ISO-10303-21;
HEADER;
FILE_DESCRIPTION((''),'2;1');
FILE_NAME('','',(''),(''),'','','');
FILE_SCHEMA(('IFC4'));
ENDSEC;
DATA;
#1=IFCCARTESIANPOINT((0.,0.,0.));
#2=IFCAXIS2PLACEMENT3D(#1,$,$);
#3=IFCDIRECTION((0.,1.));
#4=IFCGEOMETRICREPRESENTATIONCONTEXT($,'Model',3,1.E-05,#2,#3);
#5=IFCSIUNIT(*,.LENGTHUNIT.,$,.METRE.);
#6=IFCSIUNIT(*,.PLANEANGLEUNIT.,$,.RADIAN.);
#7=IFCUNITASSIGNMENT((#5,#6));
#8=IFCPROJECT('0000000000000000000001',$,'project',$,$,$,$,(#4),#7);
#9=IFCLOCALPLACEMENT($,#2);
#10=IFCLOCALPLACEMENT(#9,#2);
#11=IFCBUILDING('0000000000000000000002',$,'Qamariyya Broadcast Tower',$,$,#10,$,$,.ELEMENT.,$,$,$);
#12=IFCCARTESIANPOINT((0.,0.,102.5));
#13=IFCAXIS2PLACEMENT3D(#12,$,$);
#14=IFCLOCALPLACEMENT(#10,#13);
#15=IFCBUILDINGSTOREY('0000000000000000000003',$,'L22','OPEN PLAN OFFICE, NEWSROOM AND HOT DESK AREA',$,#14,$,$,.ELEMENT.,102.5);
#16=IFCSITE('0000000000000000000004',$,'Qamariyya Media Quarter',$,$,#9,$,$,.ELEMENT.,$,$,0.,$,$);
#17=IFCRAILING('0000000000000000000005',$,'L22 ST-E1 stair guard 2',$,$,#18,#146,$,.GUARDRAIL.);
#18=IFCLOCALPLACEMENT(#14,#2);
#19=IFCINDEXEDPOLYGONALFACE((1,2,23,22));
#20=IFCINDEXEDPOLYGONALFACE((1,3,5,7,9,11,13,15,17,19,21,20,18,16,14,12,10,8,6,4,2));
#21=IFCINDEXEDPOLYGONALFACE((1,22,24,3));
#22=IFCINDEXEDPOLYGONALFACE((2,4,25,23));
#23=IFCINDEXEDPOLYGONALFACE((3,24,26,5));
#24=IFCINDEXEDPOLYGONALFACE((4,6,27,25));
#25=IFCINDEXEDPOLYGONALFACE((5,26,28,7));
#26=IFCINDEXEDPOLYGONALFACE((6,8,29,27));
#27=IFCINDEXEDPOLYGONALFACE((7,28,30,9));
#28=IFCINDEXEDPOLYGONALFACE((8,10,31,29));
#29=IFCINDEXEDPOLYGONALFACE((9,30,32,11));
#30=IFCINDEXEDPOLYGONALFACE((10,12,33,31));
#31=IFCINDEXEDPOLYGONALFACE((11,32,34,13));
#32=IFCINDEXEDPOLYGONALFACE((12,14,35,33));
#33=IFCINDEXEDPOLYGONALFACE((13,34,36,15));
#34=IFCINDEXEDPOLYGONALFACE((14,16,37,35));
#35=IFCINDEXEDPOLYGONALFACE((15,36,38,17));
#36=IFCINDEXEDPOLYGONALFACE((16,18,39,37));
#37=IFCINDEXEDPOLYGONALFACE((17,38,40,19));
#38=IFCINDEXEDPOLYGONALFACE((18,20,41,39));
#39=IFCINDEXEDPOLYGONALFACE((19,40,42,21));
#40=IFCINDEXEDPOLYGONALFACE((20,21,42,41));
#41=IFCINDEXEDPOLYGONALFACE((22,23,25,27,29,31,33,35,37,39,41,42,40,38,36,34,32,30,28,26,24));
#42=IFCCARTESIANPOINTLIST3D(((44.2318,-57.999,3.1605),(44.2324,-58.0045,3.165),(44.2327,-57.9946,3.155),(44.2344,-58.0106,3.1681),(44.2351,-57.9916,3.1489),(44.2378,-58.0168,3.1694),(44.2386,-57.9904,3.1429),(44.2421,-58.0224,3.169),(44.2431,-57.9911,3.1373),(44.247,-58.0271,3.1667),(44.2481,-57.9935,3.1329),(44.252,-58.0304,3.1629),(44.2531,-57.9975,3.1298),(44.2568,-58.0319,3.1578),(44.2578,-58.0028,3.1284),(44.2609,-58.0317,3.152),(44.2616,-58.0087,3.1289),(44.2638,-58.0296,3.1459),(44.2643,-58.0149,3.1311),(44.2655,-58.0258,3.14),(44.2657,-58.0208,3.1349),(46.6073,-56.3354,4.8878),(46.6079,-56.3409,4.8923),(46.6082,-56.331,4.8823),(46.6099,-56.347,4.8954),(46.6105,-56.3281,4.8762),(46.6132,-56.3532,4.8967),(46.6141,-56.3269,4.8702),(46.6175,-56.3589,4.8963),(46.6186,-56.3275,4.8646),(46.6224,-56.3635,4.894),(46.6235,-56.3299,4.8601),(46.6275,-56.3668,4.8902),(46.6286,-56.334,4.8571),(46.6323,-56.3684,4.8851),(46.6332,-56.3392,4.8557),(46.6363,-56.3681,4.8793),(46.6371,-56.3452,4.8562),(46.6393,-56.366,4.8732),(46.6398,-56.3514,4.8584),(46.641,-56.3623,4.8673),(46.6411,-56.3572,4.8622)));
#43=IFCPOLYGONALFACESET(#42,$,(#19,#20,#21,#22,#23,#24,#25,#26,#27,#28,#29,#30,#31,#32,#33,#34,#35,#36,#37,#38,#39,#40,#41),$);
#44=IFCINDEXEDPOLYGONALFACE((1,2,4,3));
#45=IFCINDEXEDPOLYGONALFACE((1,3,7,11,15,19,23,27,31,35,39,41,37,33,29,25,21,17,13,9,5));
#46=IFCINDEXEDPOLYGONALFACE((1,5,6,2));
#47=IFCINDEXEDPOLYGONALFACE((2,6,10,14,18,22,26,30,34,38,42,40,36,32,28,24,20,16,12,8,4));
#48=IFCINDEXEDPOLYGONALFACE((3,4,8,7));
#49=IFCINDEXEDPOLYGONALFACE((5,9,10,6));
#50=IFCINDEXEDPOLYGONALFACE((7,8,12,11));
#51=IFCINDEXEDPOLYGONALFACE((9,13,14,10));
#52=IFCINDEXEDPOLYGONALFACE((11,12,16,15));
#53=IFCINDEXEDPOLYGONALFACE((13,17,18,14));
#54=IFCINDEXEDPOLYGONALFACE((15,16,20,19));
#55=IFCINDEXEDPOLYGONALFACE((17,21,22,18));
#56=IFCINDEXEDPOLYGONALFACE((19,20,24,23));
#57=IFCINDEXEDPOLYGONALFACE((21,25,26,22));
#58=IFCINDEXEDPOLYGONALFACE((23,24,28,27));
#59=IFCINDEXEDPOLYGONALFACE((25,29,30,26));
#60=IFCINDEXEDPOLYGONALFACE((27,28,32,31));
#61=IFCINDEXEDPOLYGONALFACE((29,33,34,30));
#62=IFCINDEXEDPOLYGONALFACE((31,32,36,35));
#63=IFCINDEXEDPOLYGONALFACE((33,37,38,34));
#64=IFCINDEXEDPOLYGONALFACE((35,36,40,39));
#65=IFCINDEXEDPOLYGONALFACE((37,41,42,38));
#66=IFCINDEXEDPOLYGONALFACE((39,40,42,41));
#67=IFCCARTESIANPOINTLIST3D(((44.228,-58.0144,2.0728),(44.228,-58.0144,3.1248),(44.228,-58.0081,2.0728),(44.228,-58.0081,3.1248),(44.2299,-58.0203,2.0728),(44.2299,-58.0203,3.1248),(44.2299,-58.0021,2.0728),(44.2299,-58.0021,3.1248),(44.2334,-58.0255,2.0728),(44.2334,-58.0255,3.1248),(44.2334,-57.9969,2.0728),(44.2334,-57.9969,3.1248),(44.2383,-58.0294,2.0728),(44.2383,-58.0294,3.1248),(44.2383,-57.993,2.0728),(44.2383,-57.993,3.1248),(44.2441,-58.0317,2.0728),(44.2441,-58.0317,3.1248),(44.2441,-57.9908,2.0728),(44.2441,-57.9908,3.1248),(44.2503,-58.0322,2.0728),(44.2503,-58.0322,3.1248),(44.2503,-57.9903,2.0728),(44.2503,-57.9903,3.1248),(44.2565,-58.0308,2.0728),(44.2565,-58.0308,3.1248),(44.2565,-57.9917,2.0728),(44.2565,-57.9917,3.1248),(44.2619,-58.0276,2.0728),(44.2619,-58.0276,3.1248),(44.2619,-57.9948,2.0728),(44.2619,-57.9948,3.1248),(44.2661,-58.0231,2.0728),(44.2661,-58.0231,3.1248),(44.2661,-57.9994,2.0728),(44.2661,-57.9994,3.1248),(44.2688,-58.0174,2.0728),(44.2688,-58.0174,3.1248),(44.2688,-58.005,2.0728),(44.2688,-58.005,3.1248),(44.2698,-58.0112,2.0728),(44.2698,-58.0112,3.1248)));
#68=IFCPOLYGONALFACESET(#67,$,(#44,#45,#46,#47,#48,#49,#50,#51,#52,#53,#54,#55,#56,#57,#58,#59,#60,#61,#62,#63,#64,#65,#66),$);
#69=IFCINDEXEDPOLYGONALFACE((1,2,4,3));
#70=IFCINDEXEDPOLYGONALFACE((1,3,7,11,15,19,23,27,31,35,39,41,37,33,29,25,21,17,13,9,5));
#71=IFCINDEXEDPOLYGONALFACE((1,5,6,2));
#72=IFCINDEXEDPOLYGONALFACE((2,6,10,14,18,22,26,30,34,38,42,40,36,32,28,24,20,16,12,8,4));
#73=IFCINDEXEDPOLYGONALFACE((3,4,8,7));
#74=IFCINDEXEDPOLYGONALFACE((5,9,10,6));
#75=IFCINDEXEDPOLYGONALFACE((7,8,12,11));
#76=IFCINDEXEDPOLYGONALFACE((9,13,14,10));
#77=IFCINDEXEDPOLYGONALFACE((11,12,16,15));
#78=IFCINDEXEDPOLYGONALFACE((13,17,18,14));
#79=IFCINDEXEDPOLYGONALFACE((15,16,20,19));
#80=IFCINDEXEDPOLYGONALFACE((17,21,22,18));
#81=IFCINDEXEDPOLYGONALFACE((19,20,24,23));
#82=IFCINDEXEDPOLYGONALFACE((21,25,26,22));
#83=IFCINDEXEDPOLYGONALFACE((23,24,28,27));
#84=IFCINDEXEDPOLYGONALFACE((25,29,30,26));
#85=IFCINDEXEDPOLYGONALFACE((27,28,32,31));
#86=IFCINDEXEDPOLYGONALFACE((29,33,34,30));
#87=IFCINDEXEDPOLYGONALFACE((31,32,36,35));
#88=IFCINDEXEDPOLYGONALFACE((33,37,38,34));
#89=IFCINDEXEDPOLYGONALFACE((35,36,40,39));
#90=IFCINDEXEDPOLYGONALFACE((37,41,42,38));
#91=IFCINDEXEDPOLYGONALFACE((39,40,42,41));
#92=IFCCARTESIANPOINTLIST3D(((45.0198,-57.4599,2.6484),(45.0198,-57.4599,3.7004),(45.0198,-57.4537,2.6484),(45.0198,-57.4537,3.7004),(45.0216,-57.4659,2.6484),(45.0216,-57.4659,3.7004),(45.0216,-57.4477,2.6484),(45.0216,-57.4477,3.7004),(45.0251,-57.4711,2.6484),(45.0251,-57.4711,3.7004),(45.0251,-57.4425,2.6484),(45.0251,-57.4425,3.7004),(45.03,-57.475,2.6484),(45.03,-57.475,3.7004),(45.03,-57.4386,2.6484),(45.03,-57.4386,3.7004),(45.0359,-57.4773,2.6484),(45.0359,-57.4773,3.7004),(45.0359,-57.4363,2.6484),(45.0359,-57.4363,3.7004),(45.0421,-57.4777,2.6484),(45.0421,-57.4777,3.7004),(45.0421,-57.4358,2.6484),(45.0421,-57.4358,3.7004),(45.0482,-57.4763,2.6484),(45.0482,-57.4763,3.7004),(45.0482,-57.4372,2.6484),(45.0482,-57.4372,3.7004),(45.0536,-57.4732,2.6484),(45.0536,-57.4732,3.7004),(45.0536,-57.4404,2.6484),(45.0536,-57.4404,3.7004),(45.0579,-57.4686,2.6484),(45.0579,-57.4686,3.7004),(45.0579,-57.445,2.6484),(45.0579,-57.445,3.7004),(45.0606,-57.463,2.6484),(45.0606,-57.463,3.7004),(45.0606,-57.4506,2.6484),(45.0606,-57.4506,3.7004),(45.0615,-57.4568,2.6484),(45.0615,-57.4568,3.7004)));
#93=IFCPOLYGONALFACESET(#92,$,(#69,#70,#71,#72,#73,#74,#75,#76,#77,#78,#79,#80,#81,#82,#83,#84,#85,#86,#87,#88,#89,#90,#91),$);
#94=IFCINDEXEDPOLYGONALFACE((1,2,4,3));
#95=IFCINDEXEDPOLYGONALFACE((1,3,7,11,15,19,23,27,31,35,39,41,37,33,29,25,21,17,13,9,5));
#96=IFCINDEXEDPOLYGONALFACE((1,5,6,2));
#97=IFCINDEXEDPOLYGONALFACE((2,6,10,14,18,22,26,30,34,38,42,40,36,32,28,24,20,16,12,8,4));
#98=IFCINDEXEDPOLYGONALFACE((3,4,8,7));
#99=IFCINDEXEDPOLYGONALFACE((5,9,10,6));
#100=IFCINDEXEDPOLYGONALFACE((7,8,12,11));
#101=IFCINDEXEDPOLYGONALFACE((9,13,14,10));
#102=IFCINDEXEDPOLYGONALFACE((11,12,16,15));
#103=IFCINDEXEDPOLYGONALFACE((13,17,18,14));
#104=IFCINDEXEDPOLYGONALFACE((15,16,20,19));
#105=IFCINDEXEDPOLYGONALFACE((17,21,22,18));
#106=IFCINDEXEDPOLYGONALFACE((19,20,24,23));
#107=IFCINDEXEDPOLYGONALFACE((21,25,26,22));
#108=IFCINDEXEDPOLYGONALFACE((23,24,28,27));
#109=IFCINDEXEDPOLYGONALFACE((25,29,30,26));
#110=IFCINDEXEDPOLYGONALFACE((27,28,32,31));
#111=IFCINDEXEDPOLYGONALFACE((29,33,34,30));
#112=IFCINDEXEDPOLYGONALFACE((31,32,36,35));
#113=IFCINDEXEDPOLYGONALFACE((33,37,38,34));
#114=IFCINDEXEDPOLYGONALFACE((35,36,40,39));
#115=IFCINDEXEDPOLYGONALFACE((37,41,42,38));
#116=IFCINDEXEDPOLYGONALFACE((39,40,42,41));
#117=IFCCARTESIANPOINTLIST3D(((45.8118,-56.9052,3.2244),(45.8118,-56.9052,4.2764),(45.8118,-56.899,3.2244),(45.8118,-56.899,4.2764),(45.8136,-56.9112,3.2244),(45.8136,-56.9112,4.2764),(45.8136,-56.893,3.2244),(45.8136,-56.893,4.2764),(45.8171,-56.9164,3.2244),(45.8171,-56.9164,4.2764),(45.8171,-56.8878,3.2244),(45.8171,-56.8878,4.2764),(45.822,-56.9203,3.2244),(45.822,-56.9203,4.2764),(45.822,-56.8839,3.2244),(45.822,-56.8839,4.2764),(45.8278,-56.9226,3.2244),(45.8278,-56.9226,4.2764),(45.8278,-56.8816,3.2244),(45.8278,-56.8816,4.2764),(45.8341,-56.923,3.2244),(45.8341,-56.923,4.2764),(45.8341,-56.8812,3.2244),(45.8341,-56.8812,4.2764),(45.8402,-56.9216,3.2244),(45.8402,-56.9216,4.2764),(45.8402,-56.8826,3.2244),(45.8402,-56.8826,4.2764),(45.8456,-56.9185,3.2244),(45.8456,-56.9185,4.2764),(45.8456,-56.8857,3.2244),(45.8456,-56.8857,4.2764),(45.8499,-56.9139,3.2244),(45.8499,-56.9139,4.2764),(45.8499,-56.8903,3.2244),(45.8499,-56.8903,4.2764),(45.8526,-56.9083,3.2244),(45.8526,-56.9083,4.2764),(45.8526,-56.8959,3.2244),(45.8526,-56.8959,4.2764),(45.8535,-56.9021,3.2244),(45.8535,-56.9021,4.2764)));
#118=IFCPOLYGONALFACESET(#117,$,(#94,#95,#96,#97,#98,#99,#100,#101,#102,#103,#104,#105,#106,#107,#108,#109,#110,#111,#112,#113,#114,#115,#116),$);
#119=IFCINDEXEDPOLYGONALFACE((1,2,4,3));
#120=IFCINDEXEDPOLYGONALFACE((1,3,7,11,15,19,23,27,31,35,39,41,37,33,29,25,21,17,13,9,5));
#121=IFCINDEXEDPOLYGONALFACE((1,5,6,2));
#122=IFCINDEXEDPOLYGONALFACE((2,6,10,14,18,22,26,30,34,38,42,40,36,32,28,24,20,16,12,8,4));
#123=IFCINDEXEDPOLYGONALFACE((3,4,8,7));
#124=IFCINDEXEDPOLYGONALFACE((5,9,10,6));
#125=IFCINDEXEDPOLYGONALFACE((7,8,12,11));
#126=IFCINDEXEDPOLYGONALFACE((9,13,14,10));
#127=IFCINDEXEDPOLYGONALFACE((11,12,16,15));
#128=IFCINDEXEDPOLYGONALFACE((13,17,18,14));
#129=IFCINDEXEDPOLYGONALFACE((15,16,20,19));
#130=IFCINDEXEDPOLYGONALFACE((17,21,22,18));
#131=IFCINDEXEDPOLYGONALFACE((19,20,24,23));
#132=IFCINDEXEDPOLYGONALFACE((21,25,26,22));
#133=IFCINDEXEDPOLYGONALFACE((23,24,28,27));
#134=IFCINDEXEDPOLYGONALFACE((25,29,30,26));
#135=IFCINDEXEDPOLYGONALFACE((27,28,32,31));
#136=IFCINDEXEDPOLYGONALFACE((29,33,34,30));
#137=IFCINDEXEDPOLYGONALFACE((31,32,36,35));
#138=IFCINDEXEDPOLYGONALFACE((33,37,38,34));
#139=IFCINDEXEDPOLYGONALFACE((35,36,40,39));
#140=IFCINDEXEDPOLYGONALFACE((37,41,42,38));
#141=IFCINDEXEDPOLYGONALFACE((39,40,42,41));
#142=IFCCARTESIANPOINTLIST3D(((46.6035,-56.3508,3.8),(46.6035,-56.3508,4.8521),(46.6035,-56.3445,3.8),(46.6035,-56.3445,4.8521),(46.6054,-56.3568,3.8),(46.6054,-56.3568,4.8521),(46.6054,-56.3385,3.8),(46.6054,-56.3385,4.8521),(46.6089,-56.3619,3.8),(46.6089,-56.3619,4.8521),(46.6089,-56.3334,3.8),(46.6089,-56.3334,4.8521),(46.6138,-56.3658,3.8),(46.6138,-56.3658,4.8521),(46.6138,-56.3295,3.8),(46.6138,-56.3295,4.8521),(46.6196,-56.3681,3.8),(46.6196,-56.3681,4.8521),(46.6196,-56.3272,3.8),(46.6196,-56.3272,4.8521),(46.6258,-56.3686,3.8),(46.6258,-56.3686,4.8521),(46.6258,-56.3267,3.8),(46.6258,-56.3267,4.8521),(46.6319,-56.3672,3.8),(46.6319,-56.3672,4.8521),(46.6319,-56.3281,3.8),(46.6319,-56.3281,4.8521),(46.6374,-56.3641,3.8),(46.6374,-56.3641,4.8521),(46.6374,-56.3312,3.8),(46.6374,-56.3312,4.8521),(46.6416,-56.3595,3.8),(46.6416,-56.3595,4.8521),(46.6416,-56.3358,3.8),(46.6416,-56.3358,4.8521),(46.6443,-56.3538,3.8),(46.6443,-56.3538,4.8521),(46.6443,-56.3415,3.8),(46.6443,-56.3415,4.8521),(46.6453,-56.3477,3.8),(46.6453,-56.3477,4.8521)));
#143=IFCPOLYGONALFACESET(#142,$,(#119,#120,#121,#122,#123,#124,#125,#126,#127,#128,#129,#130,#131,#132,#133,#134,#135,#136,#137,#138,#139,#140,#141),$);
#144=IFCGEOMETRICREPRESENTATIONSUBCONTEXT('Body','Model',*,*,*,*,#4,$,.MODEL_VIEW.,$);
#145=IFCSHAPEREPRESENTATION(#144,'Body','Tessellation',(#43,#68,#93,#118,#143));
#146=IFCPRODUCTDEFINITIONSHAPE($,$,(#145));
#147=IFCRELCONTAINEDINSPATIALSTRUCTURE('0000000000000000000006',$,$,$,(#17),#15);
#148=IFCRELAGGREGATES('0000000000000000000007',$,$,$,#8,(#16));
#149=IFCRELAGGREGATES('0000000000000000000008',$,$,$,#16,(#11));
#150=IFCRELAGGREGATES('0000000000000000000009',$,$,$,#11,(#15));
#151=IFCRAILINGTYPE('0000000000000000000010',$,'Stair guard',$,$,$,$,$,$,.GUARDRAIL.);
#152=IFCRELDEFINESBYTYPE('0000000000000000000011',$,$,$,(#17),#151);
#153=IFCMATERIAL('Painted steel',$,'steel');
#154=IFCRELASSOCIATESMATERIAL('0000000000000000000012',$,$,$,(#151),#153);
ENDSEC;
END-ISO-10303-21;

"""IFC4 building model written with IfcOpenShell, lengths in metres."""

from ifc_helpers import new_model, si_unit, direction, frame, origin, origin_2d, place, context, subcontext, project, spatial, circle, extrude, material, type_object, element, save


model = new_model("IFC4")

# Units and contexts
model_context = context("Model", 3, precision=1e-05, world=origin(), true_north=direction((0.0, 1.0)))
body_context = subcontext(model_context, "Body", "Model", "MODEL_VIEW")
ifc_project = project(units=[si_unit("LENGTHUNIT", "METRE"), si_unit("PLANEANGLEUNIT", "RADIAN")], contexts=[model_context])

# Site, building, storey
site_placement = place(None, origin())
site = spatial("IfcSite", under=ifc_project, at=site_placement, Name="Qamariyya Media Quarter", CompositionType="ELEMENT", RefElevation=0.0)
building_placement = place(site_placement, origin())
building = spatial("IfcBuilding", under=site, at=building_placement, Name="Qamariyya Broadcast Tower", CompositionType="ELEMENT")
storey_placement = place(building_placement, frame((0.0, 0.0, 102.5)))
storey = spatial("IfcBuildingStorey", under=building, at=storey_placement, Name="L22", Description="OPEN PLAN OFFICE, NEWSROOM AND HOT DESK AREA", CompositionType="ELEMENT", Elevation=102.5)

# Railing
ifc_material_1 = material(Name="Painted steel", Category="steel")
railing_type_1 = type_object("IfcRailingType", Name="Stair guard", PredefinedType="GUARDRAIL", material=ifc_material_1)
railing_1_placement = place(storey_placement, frame((44.2488, -58.0112, 2.0728)))
element("IfcRailing", 1, at=railing_1_placement, inside=storey, type_object=railing_type_1, Name="L22 ST-E1 stair guard 2", PredefinedType="GUARDRAIL", context=body_context, shape_type="SweptSolid", body=[
    extrude(circle(Radius=0.0239, at=origin_2d()), frame((0.0, 0.0, 1.0762), z_axis=(0.703745, 0.492838, 0.511716), x_axis=(-0.573632, 0.819113, 0.0)), (0.0, 0.0, 1.0), 3.3755),
    extrude(circle(Radius=0.021, at=origin_2d()), origin(), (0.0, 0.0, 1.0), 1.052),
    extrude(circle(Radius=0.021, at=origin_2d()), frame((0.7917, 0.5544, 0.5757)), (0.0, 0.0, 1.0), 1.052),
    extrude(circle(Radius=0.021, at=origin_2d()), frame((1.5837, 1.1091, 1.1516)), (0.0, 0.0, 1.0), 1.052),
    extrude(circle(Radius=0.021, at=origin_2d()), frame((2.3755, 1.6636, 1.7273)), (0.0, 0.0, 1.0), 1.052),
])

save(model, "model.ifc")
